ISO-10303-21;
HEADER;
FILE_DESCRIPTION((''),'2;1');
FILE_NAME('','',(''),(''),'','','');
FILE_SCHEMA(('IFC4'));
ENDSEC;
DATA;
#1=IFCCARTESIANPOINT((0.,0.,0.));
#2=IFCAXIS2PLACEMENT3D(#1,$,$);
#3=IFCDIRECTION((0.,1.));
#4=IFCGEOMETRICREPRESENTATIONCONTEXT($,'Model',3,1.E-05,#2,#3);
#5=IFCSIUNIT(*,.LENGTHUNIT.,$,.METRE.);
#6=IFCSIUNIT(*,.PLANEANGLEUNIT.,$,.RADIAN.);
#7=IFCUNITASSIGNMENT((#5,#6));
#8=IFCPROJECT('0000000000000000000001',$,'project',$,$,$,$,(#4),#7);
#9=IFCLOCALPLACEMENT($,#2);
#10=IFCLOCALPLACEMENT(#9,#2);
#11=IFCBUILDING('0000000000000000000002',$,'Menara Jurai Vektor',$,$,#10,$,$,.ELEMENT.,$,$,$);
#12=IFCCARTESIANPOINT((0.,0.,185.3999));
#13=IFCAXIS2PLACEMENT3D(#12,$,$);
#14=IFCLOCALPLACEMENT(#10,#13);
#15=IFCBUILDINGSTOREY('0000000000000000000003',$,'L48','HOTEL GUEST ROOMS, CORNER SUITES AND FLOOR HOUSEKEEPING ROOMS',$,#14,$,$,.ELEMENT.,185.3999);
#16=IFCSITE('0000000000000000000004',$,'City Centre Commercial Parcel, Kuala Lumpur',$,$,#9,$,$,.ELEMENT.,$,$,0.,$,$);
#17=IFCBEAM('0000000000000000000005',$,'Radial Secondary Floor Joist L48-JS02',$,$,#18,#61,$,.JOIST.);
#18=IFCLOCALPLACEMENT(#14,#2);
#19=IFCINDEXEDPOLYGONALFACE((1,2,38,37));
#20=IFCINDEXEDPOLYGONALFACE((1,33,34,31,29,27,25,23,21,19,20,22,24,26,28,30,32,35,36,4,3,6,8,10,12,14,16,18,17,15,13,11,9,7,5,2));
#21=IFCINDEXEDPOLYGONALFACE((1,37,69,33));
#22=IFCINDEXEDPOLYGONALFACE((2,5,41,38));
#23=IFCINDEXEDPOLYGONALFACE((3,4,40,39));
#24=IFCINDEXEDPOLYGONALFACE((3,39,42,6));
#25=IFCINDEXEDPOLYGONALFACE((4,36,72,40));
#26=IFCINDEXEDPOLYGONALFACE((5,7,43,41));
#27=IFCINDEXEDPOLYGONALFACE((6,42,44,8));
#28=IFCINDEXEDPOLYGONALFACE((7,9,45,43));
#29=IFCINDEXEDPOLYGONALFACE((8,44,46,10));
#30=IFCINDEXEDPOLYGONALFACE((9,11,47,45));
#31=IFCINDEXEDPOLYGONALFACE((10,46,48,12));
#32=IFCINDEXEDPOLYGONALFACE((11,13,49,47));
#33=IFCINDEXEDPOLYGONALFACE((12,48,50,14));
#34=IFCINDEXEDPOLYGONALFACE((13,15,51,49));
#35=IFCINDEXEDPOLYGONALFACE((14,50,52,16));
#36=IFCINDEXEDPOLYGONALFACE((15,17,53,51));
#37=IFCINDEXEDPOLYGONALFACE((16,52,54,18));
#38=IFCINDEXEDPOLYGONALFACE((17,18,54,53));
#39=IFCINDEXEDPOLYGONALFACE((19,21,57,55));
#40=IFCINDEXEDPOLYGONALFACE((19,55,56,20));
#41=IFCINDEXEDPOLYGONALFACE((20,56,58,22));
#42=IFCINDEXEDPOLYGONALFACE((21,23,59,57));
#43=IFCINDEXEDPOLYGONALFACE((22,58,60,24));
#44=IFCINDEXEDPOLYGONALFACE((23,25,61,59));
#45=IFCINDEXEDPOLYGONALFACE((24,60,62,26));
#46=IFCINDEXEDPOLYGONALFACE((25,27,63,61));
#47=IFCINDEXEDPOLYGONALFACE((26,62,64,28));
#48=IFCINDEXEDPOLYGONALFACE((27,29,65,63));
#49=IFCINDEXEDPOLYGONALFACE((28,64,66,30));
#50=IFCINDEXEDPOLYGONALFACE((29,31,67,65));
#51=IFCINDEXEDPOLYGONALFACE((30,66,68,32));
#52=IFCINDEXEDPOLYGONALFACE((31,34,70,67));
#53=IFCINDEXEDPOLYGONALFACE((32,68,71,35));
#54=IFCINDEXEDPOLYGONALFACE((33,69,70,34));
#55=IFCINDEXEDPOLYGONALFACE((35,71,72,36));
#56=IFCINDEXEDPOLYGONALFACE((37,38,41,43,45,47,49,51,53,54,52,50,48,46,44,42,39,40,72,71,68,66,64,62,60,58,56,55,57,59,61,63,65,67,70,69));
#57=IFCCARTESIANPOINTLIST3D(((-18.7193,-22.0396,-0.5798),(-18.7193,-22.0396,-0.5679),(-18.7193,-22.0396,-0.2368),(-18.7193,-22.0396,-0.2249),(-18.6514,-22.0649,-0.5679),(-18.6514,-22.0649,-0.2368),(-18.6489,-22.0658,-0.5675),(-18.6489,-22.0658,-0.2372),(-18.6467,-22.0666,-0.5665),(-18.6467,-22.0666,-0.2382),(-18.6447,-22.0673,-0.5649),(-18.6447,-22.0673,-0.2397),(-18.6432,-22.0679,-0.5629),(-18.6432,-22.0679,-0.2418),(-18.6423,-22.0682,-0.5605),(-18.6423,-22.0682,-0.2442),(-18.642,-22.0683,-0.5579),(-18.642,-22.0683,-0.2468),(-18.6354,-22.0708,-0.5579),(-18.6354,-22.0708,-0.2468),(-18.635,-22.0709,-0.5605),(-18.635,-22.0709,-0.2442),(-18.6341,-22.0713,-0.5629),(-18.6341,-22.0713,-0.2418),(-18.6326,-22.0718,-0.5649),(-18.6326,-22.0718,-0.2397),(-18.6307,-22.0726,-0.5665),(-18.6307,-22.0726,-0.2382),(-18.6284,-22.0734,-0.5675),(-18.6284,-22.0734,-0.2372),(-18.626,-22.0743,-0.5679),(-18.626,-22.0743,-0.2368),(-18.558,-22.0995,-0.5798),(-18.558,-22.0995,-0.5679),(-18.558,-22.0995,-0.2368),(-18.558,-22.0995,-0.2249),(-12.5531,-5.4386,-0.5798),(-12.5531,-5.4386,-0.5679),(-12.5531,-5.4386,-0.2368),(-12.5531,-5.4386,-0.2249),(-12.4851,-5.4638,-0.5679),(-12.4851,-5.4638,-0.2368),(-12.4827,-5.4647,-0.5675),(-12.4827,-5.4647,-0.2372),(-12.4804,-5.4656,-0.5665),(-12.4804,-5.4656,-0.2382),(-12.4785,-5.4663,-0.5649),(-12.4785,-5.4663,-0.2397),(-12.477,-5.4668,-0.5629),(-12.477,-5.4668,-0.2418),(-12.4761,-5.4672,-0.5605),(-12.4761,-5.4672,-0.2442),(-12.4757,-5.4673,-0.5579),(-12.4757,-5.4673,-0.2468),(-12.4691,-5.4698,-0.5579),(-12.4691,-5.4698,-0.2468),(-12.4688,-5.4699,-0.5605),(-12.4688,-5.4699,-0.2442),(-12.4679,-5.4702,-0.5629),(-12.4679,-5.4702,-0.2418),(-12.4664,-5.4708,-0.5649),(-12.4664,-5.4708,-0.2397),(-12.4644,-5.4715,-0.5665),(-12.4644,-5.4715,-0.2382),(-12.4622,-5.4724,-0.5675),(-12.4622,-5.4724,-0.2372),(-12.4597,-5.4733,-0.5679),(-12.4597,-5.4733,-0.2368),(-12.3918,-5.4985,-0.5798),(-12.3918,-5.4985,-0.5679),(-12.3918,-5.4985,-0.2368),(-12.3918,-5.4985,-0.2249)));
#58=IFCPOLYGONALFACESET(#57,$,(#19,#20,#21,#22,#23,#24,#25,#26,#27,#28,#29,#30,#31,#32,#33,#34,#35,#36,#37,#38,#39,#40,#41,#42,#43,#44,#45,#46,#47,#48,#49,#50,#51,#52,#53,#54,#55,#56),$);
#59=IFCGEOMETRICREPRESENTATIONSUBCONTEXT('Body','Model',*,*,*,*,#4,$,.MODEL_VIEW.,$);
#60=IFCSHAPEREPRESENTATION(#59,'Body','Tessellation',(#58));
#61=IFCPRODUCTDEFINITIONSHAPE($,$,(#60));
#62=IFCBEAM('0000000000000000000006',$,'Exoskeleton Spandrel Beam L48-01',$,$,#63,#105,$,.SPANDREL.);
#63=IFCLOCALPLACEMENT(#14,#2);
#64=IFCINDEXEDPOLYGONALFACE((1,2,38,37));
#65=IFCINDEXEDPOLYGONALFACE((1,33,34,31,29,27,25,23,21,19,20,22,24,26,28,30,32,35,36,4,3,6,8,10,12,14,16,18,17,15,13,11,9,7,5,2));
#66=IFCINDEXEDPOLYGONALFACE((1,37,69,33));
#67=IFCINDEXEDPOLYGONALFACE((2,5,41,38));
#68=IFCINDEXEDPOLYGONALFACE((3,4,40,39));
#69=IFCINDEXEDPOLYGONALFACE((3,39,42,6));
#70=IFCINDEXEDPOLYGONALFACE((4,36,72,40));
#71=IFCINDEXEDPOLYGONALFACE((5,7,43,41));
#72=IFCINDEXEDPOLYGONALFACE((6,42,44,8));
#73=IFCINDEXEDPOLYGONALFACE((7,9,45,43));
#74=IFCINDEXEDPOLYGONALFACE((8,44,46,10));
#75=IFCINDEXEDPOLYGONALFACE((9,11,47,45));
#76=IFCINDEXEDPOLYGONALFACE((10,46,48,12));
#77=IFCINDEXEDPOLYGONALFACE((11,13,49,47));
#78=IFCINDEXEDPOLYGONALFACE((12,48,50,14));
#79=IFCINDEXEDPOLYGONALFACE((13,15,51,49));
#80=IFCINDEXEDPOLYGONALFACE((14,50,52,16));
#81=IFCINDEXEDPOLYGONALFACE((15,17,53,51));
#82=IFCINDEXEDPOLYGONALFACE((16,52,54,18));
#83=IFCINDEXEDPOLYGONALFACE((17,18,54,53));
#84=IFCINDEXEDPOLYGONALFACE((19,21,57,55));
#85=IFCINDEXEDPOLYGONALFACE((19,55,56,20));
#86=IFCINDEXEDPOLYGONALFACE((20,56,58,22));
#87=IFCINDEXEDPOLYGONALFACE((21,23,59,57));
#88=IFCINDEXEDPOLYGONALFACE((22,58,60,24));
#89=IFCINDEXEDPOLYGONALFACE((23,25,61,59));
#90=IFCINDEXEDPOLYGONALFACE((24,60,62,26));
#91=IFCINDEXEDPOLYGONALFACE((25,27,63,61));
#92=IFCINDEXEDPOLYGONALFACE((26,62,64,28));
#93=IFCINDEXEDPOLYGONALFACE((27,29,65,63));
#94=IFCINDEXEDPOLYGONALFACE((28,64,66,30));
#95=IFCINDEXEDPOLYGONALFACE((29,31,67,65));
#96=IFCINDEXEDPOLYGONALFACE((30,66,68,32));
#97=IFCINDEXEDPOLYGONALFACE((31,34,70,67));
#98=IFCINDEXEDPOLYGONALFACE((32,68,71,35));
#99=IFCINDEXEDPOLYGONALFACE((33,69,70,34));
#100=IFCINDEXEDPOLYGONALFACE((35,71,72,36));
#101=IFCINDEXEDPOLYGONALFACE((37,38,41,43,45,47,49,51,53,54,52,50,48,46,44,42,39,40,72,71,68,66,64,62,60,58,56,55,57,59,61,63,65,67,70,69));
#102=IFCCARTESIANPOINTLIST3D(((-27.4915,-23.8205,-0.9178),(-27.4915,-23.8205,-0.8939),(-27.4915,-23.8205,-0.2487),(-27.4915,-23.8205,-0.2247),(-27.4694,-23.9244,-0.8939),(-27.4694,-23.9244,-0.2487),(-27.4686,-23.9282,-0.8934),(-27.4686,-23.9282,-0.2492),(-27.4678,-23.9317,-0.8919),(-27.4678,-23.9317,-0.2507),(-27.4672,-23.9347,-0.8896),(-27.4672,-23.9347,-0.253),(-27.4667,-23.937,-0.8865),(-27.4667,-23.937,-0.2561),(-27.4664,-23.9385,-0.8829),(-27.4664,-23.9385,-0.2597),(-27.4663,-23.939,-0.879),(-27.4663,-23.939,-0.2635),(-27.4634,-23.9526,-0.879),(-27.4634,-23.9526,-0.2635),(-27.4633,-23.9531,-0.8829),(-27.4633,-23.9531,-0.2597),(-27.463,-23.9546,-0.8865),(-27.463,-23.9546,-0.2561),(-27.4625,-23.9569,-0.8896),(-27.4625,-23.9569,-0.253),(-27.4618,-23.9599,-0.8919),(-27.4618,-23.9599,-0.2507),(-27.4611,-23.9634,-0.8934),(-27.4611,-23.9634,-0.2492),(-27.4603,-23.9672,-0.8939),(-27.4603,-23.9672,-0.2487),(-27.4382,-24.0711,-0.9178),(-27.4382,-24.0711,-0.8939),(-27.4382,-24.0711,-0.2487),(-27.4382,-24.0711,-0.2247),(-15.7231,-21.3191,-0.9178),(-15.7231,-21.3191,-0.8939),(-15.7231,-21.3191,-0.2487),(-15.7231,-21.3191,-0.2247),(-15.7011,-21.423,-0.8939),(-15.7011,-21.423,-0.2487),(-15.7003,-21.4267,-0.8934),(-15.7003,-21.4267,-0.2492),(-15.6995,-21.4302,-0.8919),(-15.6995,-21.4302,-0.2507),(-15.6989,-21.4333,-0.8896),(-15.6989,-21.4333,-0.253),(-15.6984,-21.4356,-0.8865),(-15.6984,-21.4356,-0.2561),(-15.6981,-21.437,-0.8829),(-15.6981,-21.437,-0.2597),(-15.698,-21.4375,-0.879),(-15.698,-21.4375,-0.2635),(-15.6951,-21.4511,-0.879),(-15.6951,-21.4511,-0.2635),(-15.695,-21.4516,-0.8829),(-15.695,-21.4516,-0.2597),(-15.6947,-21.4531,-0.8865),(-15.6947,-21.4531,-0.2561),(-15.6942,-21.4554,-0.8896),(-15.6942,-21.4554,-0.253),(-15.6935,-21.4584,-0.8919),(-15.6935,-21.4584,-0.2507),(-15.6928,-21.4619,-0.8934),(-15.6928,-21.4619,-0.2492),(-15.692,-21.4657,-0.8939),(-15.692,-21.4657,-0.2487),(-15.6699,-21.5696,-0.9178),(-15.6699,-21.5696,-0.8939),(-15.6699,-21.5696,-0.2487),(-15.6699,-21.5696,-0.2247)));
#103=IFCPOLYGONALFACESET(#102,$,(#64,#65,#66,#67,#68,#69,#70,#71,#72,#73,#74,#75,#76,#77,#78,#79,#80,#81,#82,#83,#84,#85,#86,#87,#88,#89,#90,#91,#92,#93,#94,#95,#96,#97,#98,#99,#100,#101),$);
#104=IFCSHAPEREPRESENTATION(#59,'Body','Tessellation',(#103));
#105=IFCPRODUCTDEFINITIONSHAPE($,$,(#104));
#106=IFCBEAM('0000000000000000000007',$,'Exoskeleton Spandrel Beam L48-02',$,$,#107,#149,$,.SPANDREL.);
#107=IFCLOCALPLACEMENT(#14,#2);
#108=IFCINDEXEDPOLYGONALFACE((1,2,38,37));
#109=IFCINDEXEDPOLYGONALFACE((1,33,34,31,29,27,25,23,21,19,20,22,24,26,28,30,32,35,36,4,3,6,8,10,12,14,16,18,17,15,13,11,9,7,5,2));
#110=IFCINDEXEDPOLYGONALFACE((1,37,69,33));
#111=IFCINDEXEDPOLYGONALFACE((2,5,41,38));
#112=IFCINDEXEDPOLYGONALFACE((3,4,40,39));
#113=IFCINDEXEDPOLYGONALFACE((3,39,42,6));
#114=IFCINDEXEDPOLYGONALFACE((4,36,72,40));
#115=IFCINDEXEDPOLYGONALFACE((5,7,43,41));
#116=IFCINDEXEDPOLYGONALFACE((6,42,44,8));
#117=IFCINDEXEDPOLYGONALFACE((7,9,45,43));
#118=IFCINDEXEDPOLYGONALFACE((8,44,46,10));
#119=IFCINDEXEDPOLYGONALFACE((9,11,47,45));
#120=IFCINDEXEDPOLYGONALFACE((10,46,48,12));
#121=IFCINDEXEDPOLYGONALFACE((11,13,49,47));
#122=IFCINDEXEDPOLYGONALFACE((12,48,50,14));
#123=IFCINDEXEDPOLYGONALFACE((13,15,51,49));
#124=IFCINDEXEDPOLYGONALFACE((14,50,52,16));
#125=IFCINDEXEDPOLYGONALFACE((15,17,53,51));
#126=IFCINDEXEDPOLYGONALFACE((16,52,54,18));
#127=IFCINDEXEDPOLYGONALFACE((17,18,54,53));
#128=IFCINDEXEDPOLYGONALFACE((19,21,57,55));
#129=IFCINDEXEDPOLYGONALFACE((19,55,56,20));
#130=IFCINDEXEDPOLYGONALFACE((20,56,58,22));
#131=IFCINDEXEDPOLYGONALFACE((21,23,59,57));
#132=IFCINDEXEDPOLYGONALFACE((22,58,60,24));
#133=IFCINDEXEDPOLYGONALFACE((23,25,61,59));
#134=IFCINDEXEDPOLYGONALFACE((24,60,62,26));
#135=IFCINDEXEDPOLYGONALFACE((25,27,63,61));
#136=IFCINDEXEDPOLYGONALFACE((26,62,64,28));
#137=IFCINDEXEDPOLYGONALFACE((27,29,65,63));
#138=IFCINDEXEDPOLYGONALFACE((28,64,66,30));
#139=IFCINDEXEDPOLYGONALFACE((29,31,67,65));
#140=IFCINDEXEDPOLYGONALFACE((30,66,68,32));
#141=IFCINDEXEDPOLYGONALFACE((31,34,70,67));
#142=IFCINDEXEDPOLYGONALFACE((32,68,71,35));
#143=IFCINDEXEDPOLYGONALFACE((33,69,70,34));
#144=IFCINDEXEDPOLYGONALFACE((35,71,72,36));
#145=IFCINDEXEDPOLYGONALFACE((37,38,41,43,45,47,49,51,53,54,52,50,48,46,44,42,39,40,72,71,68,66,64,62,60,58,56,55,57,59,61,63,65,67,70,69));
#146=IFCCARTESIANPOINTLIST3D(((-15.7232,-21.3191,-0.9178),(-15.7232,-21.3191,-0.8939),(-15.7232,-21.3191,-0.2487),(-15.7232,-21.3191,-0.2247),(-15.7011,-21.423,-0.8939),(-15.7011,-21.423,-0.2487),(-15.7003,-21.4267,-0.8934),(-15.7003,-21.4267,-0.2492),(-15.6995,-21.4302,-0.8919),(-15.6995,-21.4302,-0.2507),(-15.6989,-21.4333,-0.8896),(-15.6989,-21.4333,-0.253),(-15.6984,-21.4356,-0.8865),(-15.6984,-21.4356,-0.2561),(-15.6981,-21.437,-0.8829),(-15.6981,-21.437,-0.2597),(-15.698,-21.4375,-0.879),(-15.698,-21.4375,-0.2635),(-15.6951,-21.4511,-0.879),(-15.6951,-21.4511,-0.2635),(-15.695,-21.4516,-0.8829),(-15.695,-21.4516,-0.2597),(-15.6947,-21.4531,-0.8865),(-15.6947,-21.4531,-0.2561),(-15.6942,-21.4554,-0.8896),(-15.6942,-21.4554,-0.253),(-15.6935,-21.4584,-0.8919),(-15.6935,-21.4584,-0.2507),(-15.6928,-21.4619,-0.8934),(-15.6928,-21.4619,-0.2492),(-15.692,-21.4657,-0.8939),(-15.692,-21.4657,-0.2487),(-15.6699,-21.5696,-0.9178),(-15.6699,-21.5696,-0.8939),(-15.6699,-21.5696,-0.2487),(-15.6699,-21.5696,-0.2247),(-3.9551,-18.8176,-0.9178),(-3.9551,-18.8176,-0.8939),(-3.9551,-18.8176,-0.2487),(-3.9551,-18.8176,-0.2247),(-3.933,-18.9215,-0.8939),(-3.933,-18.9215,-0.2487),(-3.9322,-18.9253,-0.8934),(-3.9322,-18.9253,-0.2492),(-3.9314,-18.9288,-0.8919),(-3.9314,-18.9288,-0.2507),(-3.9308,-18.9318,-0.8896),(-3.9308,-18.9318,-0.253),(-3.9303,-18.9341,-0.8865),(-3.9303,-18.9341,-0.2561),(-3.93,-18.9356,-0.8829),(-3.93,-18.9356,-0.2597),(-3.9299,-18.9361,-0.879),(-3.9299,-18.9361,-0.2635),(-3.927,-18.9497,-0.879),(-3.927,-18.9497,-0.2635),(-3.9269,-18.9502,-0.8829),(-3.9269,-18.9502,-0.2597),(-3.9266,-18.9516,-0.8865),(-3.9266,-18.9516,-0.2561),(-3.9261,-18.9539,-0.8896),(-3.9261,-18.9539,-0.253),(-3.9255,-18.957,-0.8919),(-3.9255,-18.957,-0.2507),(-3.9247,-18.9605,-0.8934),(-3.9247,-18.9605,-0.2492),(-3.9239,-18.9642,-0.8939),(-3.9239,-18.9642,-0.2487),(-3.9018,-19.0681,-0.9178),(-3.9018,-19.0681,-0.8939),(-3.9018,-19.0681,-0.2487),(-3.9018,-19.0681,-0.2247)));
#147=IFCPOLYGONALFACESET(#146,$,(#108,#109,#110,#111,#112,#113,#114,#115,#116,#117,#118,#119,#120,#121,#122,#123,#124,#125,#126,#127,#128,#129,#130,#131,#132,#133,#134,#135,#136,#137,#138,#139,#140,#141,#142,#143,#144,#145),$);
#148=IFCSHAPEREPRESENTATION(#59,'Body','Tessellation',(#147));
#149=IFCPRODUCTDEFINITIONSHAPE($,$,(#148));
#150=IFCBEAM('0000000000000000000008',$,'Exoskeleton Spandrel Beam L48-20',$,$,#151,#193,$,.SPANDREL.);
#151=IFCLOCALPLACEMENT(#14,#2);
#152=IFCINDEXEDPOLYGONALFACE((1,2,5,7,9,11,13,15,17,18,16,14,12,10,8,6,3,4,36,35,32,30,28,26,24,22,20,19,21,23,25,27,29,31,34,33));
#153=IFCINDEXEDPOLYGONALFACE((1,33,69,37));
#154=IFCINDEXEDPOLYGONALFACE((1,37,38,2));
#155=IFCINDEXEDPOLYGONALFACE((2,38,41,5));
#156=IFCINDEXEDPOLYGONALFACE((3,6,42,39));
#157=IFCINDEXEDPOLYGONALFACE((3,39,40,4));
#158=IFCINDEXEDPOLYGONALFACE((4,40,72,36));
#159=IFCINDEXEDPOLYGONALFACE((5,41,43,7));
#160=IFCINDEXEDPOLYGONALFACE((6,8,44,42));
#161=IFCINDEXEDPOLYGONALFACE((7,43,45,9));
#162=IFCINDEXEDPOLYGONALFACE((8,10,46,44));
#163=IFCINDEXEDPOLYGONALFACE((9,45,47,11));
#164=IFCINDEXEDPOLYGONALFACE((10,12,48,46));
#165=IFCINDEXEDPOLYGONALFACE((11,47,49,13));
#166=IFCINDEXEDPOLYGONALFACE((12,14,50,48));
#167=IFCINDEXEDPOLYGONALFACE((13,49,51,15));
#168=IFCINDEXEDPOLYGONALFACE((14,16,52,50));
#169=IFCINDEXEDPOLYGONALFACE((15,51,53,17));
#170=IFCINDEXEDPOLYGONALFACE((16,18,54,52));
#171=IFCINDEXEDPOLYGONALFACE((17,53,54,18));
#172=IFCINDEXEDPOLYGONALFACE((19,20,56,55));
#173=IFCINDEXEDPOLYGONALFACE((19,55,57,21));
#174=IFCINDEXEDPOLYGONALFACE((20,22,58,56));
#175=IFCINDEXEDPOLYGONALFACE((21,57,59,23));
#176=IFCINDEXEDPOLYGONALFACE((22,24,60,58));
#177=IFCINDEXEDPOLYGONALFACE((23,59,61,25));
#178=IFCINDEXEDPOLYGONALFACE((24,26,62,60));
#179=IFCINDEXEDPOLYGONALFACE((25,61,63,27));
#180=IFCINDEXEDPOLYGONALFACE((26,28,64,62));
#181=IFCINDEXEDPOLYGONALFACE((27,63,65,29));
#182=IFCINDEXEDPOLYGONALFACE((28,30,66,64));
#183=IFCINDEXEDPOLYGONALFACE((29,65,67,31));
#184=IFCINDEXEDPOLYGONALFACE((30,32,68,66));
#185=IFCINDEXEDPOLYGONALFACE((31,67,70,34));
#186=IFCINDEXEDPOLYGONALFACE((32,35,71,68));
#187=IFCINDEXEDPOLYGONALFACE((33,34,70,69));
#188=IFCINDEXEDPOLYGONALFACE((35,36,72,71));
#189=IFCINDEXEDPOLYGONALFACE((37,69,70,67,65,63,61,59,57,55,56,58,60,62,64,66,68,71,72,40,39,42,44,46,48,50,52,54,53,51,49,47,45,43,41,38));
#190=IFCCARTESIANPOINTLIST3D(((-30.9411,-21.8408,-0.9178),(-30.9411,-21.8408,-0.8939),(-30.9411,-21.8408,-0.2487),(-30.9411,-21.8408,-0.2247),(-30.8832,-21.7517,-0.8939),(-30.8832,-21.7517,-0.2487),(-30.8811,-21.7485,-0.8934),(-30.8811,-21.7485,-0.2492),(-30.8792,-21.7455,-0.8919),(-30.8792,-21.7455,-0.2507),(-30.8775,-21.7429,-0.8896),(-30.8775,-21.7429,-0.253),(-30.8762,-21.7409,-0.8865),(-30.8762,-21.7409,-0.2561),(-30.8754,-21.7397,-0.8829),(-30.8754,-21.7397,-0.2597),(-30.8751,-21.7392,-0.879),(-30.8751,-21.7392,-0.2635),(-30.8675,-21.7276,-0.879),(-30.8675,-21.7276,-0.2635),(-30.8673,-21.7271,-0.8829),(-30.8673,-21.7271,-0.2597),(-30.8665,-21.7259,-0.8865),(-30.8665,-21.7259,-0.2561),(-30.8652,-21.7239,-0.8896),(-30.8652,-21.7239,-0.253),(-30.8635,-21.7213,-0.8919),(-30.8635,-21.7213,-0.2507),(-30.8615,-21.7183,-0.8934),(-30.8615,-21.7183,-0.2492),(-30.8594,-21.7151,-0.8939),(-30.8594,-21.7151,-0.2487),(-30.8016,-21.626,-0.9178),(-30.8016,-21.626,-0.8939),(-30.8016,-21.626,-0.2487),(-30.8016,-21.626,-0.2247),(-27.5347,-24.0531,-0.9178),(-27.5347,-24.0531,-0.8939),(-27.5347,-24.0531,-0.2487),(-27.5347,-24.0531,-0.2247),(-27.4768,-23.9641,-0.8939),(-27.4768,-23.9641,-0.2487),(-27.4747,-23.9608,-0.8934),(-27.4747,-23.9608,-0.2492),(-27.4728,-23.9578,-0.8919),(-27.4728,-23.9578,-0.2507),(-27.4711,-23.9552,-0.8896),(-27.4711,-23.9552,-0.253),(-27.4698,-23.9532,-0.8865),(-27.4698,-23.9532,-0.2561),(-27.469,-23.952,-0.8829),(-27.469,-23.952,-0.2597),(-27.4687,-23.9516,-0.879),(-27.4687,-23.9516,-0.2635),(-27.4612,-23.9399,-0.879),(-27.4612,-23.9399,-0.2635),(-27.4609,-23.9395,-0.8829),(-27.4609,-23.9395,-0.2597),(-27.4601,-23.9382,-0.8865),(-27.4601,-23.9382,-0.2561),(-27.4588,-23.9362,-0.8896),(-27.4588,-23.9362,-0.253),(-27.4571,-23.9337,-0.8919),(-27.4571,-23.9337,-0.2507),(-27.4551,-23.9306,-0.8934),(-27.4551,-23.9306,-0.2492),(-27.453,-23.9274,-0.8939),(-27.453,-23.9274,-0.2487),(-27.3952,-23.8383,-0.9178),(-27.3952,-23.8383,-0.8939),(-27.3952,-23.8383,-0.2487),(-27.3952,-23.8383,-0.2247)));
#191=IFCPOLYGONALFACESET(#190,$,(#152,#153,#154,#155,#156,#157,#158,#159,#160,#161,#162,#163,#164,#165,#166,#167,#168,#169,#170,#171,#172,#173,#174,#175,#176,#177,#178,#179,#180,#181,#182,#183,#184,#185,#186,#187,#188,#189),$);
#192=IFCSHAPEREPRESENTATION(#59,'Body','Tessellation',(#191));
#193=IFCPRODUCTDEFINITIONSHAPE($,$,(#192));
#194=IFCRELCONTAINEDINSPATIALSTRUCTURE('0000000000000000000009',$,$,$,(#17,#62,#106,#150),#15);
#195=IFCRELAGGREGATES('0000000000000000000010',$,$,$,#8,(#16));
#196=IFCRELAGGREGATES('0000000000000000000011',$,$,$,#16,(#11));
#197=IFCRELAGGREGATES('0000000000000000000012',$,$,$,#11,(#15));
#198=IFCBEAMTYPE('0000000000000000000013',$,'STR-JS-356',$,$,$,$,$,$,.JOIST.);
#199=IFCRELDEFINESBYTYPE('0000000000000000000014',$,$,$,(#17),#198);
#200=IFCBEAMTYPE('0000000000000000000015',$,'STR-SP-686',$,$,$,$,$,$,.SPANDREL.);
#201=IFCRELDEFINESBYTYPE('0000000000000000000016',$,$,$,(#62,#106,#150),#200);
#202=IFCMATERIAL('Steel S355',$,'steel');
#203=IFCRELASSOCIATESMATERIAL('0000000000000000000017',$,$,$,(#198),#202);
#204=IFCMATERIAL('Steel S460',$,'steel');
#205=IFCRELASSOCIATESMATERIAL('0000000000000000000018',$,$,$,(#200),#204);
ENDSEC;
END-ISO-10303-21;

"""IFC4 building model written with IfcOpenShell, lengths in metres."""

from ifc_helpers import new_model, si_unit, direction, frame, origin, origin_2d, place, context, subcontext, project, spatial, i_section, extrude, material, material_profile, profile_set, type_object, element, save


model = new_model("IFC4")

# Units and contexts
model_context = context("Model", 3, precision=1e-05, world=origin(), true_north=direction((0.0, 1.0)))
body_context = subcontext(model_context, "Body", "Model", "MODEL_VIEW")
ifc_project = project(units=[si_unit("LENGTHUNIT", "METRE"), si_unit("PLANEANGLEUNIT", "RADIAN")], contexts=[model_context])

# Site, building, storey
site_placement = place(None, origin())
site = spatial("IfcSite", under=ifc_project, at=site_placement, Name="City Centre Commercial Parcel, Kuala Lumpur", CompositionType="ELEMENT", RefElevation=0.0)
building_placement = place(site_placement, origin())
building = spatial("IfcBuilding", under=site, at=building_placement, Name="Menara Jurai Vektor", CompositionType="ELEMENT")
storey_placement = place(building_placement, frame((0.0, 0.0, 185.3999)))
storey = spatial("IfcBuildingStorey", under=building, at=storey_placement, Name="L48", Description="HOTEL GUEST ROOMS, CORNER SUITES AND FLOOR HOUSEKEEPING ROOMS", CompositionType="ELEMENT", Elevation=185.3999)

# Shared definitions
ifc_material_1 = material(Name="Steel S460", Category="steel")

# Shared definitions
ifc_material_2 = material(Name="Steel S355", Category="steel")

# Beams
ifc_material_profile_1 = material_profile(ifc_material_2, i_section(OverallWidth=0.1721, OverallDepth=0.355, WebThickness=0.0071, FlangeThickness=0.012, FilletRadius=0.01, at=origin_2d()), Name="UKB 356x171x51")
ifc_profile_set_1 = profile_set([ifc_material_profile_1], Name="Steel S355")
beam_type_1 = type_object("IfcBeamType", Name="STR-JS-356", PredefinedType="JOIST", material=ifc_profile_set_1)
beam_1_placement = place(storey_placement, frame((-18.6387, -22.0696, -0.4023), z_axis=(0.348194, 0.937423, 0.0), x_axis=(-0.937423, 0.348194, 0.0)))
element("IfcBeam", 1, at=beam_1_placement, inside=storey, type_object=beam_type_1, Name="Radial Secondary Floor Joist L48-JS02", PredefinedType="JOIST", context=body_context, shape_type="SweptSolid", body=[
    extrude(i_section(OverallWidth=0.1721, OverallDepth=0.355, WebThickness=0.0071, FlangeThickness=0.012, FilletRadius=0.01, at=origin_2d()), origin(), (0.0, 0.0, 1.0), 17.7092),
])
ifc_material_profile_2 = material_profile(ifc_material_1, i_section(OverallWidth=0.2561, OverallDepth=0.6931, WebThickness=0.0139, FlangeThickness=0.0239, FilletRadius=0.0149, at=origin_2d()), Name="UKB 686x254x170")
ifc_profile_set_2 = profile_set([ifc_material_profile_2], Name="Steel S460")
beam_type_2 = type_object("IfcBeamType", Name="STR-SP-686", PredefinedType="SPANDREL", material=ifc_profile_set_2)
beam_2_placement = place(storey_placement, frame((-27.4648, -23.9458, -0.5713), z_axis=(0.978147, 0.207914, 0.0), x_axis=(-0.207914, 0.978147, 0.0)))
element("IfcBeam", 2, at=beam_2_placement, inside=storey, type_object=beam_type_2, Name="Exoskeleton Spandrel Beam L48-01", PredefinedType="SPANDREL", context=body_context, shape_type="SweptSolid", body=[
    extrude(i_section(OverallWidth=0.2561, OverallDepth=0.6931, WebThickness=0.0139, FlangeThickness=0.0239, FilletRadius=0.0149, at=origin_2d()), origin(), (0.0, 0.0, 1.0), 12.0312),
])
beam_3_placement = place(storey_placement, frame((-15.6965, -21.4443, -0.5713), z_axis=(0.978146, 0.207918, 0.0), x_axis=(-0.207918, 0.978146, 0.0)))
element("IfcBeam", 3, at=beam_3_placement, inside=storey, type_object=beam_type_2, Name="Exoskeleton Spandrel Beam L48-02", PredefinedType="SPANDREL", context=body_context, shape_type="SweptSolid", body=[
    extrude(i_section(OverallWidth=0.2561, OverallDepth=0.6931, WebThickness=0.0139, FlangeThickness=0.0239, FilletRadius=0.0149, at=origin_2d()), origin(), (0.0, 0.0, 1.0), 12.031),
])
beam_4_placement = place(storey_placement, frame((-30.8713, -21.7334, -0.5713), z_axis=(0.838648, -0.544674, 0.0), x_axis=(0.544674, 0.838648, 0.0)))
element("IfcBeam", 4, at=beam_4_placement, inside=storey, type_object=beam_type_2, Name="Exoskeleton Spandrel Beam L48-20", PredefinedType="SPANDREL", context=body_context, shape_type="SweptSolid", body=[
    extrude(i_section(OverallWidth=0.2561, OverallDepth=0.6931, WebThickness=0.0139, FlangeThickness=0.0239, FilletRadius=0.0149, at=origin_2d()), origin(), (0.0, 0.0, 1.0), 4.0618),
])

save(model, "model.ifc")
